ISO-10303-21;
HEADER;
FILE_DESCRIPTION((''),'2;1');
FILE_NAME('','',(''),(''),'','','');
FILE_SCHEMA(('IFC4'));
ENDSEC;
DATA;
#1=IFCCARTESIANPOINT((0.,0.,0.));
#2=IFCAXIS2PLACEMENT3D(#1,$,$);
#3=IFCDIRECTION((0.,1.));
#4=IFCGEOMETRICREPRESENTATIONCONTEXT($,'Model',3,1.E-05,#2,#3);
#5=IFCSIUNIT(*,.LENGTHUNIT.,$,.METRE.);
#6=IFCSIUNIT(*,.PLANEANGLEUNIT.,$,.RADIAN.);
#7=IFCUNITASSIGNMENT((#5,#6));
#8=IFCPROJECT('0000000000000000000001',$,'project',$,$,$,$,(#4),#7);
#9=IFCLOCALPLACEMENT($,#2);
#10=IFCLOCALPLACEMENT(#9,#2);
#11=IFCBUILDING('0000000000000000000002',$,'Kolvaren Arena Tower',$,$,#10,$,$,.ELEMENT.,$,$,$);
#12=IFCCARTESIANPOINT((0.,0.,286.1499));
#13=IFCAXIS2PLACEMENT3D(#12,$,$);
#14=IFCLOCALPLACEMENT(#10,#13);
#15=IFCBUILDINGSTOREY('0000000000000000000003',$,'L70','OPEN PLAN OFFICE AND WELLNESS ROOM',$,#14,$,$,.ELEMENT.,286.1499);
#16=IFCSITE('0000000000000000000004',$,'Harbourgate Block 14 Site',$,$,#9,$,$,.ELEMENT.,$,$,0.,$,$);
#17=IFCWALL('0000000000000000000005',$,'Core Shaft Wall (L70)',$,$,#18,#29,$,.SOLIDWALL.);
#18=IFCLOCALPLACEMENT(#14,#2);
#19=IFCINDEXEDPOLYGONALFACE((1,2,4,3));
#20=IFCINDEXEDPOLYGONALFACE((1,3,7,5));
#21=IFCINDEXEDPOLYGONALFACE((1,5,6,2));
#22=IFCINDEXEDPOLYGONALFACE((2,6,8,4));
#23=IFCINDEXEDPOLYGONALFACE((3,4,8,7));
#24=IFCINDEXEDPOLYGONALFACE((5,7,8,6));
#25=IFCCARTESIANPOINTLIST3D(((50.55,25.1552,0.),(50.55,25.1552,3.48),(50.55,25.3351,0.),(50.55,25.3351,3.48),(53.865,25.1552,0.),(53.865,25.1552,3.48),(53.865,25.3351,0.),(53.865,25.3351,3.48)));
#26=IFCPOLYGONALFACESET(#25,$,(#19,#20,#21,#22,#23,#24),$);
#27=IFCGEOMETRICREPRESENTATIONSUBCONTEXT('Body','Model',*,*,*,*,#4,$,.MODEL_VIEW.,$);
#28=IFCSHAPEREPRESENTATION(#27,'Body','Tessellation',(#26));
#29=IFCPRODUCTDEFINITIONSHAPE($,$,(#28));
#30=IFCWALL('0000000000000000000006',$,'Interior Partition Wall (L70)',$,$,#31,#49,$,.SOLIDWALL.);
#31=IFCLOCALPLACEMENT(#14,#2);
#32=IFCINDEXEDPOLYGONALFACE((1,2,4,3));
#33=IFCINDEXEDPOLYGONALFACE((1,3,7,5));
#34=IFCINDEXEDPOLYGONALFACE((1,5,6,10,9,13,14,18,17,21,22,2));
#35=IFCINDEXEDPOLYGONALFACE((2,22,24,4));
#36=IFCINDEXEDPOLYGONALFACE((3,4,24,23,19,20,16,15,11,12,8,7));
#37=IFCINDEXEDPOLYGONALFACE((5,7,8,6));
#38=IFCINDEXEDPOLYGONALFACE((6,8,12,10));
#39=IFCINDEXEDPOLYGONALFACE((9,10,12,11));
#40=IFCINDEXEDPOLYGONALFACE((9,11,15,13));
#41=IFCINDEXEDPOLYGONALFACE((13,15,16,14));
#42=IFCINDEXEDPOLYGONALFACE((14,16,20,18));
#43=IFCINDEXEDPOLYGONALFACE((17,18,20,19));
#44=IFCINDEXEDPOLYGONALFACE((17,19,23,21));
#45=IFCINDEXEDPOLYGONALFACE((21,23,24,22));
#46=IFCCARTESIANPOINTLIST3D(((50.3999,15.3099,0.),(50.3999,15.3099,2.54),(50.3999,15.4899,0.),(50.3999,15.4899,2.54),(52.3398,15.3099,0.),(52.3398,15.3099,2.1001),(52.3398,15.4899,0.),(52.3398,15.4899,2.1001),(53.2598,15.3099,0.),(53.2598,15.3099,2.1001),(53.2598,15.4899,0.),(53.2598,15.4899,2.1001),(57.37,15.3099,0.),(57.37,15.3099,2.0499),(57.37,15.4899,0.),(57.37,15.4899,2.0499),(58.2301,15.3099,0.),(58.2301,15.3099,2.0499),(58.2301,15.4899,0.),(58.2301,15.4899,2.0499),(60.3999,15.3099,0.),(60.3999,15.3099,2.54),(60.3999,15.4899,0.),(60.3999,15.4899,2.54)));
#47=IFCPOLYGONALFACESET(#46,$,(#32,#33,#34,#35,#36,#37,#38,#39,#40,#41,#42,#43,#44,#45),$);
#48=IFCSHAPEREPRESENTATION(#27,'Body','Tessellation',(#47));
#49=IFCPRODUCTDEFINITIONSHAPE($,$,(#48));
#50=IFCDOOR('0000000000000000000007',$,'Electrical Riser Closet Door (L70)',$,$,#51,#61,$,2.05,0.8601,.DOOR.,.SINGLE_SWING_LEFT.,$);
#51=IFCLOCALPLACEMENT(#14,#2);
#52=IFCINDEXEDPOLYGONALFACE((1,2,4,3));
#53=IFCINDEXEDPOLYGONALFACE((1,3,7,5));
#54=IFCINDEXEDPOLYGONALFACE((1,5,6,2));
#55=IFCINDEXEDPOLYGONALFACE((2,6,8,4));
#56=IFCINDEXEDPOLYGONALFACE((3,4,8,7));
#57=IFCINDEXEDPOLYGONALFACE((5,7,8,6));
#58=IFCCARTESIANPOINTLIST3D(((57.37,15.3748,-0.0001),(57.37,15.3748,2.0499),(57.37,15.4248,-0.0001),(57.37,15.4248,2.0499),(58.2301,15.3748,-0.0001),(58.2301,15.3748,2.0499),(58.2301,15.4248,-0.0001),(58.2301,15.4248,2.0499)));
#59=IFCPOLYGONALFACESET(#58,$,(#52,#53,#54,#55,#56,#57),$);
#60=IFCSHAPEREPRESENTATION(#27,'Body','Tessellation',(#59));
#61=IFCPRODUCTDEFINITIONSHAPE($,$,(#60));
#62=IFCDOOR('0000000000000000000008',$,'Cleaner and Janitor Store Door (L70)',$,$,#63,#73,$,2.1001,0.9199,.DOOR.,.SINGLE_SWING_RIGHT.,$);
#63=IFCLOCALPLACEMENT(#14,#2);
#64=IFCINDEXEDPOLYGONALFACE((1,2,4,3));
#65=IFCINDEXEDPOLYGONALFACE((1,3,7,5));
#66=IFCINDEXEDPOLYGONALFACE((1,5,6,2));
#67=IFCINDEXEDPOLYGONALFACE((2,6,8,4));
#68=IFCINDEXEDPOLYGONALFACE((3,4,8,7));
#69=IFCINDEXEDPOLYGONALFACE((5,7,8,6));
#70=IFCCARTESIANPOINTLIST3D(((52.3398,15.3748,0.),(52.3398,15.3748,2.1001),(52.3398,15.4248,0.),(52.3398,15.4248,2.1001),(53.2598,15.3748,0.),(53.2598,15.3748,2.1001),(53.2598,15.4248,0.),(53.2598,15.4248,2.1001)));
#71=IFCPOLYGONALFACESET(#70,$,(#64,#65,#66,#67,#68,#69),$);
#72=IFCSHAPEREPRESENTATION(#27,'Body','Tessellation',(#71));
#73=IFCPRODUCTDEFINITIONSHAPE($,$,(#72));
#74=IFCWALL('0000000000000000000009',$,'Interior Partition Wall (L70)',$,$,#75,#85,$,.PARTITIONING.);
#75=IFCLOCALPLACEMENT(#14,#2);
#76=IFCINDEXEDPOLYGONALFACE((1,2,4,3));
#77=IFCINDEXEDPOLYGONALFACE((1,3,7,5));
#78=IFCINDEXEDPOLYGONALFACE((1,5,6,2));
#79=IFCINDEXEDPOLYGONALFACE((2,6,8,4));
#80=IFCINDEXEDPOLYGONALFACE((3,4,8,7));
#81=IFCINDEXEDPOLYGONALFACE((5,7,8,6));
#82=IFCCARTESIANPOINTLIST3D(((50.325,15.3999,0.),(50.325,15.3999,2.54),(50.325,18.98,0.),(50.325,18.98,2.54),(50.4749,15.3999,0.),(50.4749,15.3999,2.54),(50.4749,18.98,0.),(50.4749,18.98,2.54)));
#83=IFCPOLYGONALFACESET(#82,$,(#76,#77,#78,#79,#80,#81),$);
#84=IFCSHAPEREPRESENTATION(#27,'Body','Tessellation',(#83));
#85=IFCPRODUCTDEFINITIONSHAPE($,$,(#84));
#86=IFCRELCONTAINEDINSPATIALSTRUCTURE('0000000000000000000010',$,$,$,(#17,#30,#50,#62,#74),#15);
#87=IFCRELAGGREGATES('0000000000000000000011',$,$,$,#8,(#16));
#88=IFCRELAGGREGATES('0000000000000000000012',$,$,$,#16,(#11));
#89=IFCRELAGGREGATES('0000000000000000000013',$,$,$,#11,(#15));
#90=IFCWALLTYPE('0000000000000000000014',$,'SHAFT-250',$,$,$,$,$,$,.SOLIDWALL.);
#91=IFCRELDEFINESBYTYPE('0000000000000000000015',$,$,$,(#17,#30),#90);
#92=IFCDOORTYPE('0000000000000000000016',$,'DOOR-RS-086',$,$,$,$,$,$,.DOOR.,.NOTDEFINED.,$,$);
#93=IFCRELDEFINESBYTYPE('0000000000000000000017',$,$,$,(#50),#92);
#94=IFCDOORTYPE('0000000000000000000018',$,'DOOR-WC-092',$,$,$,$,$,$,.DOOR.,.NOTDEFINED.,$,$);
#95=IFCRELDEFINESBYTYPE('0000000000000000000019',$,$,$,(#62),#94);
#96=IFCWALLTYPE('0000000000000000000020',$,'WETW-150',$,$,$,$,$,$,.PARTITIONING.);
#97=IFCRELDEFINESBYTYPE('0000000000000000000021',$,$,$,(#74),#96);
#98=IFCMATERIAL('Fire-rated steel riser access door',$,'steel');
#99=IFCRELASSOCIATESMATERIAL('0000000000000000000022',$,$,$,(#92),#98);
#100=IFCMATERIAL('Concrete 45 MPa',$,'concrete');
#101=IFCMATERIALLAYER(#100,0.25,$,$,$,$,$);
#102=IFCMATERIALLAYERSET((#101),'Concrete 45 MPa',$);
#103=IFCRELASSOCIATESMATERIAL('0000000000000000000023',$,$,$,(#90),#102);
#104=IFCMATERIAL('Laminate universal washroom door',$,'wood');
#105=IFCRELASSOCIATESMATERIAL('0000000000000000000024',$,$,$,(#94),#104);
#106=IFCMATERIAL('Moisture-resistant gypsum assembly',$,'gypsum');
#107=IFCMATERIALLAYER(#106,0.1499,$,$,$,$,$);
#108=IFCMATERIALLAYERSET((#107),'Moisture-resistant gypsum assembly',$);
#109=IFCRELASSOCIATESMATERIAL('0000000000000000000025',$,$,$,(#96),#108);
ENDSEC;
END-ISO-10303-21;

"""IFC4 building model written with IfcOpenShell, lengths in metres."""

from ifc_helpers import new_model, si_unit, direction, frame, frame_2d, origin, place, context, subcontext, project, spatial, rectangle, extrude, material, layer, layer_set, type_object, element, fill, save


model = new_model("IFC4")

# Units and contexts
model_context = context("Model", 3, precision=1e-05, world=origin(), true_north=direction((0.0, 1.0)))
body_context = subcontext(model_context, "Body", "Model", "MODEL_VIEW")
ifc_project = project(units=[si_unit("LENGTHUNIT", "METRE"), si_unit("PLANEANGLEUNIT", "RADIAN")], contexts=[model_context])

# Site, building, storey
site_placement = place(None, origin())
site = spatial("IfcSite", under=ifc_project, at=site_placement, Name="Harbourgate Block 14 Site", CompositionType="ELEMENT", RefElevation=0.0)
building_placement = place(site_placement, origin())
building = spatial("IfcBuilding", under=site, at=building_placement, Name="Kolvaren Arena Tower", CompositionType="ELEMENT")
storey_placement = place(building_placement, frame((0.0, 0.0, 286.1499)))
storey = spatial("IfcBuildingStorey", under=building, at=storey_placement, Name="L70", Description="OPEN PLAN OFFICE AND WELLNESS ROOM", CompositionType="ELEMENT", Elevation=286.1499)

# Shared definitions
ifc_material_1 = material(Name="Fire-rated steel riser access door", Category="steel")
door_type_1 = type_object("IfcDoorType", Name="DOOR-RS-086", OperationType="NOTDEFINED", PredefinedType="DOOR", material=ifc_material_1)

# Wall
ifc_material_2 = material(Name="Concrete 45 MPa", Category="concrete")
ifc_layer_1 = layer(ifc_material_2, 0.25)
ifc_layer_set_1 = layer_set([ifc_layer_1], Name="Concrete 45 MPa")
wall_type_1 = type_object("IfcWallType", Name="SHAFT-250", PredefinedType="SOLIDWALL", material=ifc_layer_set_1)
wall_1_placement = place(storey_placement, frame((50.55, 25.2451, 0.0), z_axis=(0.0, 0.0, 1.0), x_axis=(1.0, 0.0, 0.0)))
element("IfcWall", 1, at=wall_1_placement, inside=storey, type_object=wall_type_1, Name="Core Shaft Wall (L70)", PredefinedType="SOLIDWALL", context=body_context, shape_type="SweptSolid", body=[
    extrude(rectangle(XDim=3.3149, YDim=0.1799, at=frame_2d((1.6575, 0.0))), origin(), (0.0, 0.0, 1.0), 3.48),
])

# Wall, openings, doors
wall_2_placement = place(storey_placement, frame((50.3999, 15.3999, 0.0), z_axis=(0.0, 0.0, 1.0), x_axis=(1.0, 0.0, 0.0)))
wall_2 = element("IfcWall", 2, at=wall_2_placement, inside=storey, type_object=wall_type_1, Name="Interior Partition Wall (L70)", PredefinedType="SOLIDWALL", context=body_context, shape_type="SweptSolid", body=[
    extrude(rectangle(XDim=10.0, YDim=0.1799, at=frame_2d((5.0, 0.0))), origin(), (0.0, 0.0, 1.0), 2.54),
])
opening_1_placement = place(wall_2_placement, frame((1.9399, 0.0, 0.0)))
opening_1 = element("IfcOpeningElement", 3, at=opening_1_placement, cuts=wall_2, PredefinedType="OPENING", context=body_context, shape_type="SweptSolid", body=[
    extrude(rectangle(XDim=0.9199, YDim=2.1001, at=frame_2d((0.46, 1.05))), frame((0.0, 0.0999, 0.0), z_axis=(0.0, -1.0, 0.0), x_axis=(1.0, 0.0, 0.0)), (0.0, 0.0, 1.0), 0.2),
])
opening_2_placement = place(wall_2_placement, frame((6.97, 0.0, 0.0)))
opening_2 = element("IfcOpeningElement", 4, at=opening_2_placement, cuts=wall_2, PredefinedType="OPENING", context=body_context, shape_type="SweptSolid", body=[
    extrude(rectangle(XDim=0.8601, YDim=2.05, at=frame_2d((0.4302, 1.0249))), frame((0.0, 0.0999, 0.0), z_axis=(0.0, -1.0, 0.0), x_axis=(1.0, 0.0, 0.0)), (0.0, 0.0, 1.0), 0.2),
])
door_1_placement = place(opening_2_placement, origin())
door_1 = element("IfcDoor", 5, at=door_1_placement, inside=storey, type_object=door_type_1, Name="Electrical Riser Closet Door (L70)", OperationType="SINGLE_SWING_LEFT", OverallHeight=2.05, OverallWidth=0.8601, PredefinedType="DOOR", context=body_context, shape_type="SweptSolid", body=[
    extrude(rectangle(XDim=0.8601, YDim=2.05, at=frame_2d((0.4302, 1.0249))), frame((0.0, 0.0249, 0.0), z_axis=(0.0, -1.0, 0.0), x_axis=(1.0, 0.0, 0.0)), (0.0, 0.0, 1.0), 0.05),
])
fill(opening_2, door_1)
ifc_material_3 = material(Name="Laminate universal washroom door", Category="wood")
door_type_2 = type_object("IfcDoorType", Name="DOOR-WC-092", OperationType="NOTDEFINED", PredefinedType="DOOR", material=ifc_material_3)
door_2_placement = place(opening_1_placement, origin())
door_2 = element("IfcDoor", 6, at=door_2_placement, inside=storey, type_object=door_type_2, Name="Cleaner and Janitor Store Door (L70)", OperationType="SINGLE_SWING_RIGHT", OverallHeight=2.1001, OverallWidth=0.9199, PredefinedType="DOOR", context=body_context, shape_type="SweptSolid", body=[
    extrude(rectangle(XDim=0.9199, YDim=2.1001, at=frame_2d((0.46, 1.05))), frame((0.0, 0.0249, 0.0), z_axis=(0.0, -1.0, 0.0), x_axis=(1.0, 0.0, 0.0)), (0.0, 0.0, 1.0), 0.05),
])
fill(opening_1, door_2)

# Wall
ifc_material_4 = material(Name="Moisture-resistant gypsum assembly", Category="gypsum")
ifc_layer_2 = layer(ifc_material_4, 0.1499)
ifc_layer_set_2 = layer_set([ifc_layer_2], Name="Moisture-resistant gypsum assembly")
wall_type_2 = type_object("IfcWallType", Name="WETW-150", PredefinedType="PARTITIONING", material=ifc_layer_set_2)
wall_3_placement = place(storey_placement, frame((50.3999, 15.3999, 0.0), z_axis=(0.0, 0.0, 1.0), x_axis=(0.0, 1.0, 0.0)))
element("IfcWall", 7, at=wall_3_placement, inside=storey, type_object=wall_type_2, Name="Interior Partition Wall (L70)", PredefinedType="PARTITIONING", context=body_context, shape_type="SweptSolid", body=[
    extrude(rectangle(XDim=3.5801, YDim=0.1499, at=frame_2d((1.79, 0.0))), origin(), (0.0, 0.0, 1.0), 2.54),
])

save(model, "model.ifc")
